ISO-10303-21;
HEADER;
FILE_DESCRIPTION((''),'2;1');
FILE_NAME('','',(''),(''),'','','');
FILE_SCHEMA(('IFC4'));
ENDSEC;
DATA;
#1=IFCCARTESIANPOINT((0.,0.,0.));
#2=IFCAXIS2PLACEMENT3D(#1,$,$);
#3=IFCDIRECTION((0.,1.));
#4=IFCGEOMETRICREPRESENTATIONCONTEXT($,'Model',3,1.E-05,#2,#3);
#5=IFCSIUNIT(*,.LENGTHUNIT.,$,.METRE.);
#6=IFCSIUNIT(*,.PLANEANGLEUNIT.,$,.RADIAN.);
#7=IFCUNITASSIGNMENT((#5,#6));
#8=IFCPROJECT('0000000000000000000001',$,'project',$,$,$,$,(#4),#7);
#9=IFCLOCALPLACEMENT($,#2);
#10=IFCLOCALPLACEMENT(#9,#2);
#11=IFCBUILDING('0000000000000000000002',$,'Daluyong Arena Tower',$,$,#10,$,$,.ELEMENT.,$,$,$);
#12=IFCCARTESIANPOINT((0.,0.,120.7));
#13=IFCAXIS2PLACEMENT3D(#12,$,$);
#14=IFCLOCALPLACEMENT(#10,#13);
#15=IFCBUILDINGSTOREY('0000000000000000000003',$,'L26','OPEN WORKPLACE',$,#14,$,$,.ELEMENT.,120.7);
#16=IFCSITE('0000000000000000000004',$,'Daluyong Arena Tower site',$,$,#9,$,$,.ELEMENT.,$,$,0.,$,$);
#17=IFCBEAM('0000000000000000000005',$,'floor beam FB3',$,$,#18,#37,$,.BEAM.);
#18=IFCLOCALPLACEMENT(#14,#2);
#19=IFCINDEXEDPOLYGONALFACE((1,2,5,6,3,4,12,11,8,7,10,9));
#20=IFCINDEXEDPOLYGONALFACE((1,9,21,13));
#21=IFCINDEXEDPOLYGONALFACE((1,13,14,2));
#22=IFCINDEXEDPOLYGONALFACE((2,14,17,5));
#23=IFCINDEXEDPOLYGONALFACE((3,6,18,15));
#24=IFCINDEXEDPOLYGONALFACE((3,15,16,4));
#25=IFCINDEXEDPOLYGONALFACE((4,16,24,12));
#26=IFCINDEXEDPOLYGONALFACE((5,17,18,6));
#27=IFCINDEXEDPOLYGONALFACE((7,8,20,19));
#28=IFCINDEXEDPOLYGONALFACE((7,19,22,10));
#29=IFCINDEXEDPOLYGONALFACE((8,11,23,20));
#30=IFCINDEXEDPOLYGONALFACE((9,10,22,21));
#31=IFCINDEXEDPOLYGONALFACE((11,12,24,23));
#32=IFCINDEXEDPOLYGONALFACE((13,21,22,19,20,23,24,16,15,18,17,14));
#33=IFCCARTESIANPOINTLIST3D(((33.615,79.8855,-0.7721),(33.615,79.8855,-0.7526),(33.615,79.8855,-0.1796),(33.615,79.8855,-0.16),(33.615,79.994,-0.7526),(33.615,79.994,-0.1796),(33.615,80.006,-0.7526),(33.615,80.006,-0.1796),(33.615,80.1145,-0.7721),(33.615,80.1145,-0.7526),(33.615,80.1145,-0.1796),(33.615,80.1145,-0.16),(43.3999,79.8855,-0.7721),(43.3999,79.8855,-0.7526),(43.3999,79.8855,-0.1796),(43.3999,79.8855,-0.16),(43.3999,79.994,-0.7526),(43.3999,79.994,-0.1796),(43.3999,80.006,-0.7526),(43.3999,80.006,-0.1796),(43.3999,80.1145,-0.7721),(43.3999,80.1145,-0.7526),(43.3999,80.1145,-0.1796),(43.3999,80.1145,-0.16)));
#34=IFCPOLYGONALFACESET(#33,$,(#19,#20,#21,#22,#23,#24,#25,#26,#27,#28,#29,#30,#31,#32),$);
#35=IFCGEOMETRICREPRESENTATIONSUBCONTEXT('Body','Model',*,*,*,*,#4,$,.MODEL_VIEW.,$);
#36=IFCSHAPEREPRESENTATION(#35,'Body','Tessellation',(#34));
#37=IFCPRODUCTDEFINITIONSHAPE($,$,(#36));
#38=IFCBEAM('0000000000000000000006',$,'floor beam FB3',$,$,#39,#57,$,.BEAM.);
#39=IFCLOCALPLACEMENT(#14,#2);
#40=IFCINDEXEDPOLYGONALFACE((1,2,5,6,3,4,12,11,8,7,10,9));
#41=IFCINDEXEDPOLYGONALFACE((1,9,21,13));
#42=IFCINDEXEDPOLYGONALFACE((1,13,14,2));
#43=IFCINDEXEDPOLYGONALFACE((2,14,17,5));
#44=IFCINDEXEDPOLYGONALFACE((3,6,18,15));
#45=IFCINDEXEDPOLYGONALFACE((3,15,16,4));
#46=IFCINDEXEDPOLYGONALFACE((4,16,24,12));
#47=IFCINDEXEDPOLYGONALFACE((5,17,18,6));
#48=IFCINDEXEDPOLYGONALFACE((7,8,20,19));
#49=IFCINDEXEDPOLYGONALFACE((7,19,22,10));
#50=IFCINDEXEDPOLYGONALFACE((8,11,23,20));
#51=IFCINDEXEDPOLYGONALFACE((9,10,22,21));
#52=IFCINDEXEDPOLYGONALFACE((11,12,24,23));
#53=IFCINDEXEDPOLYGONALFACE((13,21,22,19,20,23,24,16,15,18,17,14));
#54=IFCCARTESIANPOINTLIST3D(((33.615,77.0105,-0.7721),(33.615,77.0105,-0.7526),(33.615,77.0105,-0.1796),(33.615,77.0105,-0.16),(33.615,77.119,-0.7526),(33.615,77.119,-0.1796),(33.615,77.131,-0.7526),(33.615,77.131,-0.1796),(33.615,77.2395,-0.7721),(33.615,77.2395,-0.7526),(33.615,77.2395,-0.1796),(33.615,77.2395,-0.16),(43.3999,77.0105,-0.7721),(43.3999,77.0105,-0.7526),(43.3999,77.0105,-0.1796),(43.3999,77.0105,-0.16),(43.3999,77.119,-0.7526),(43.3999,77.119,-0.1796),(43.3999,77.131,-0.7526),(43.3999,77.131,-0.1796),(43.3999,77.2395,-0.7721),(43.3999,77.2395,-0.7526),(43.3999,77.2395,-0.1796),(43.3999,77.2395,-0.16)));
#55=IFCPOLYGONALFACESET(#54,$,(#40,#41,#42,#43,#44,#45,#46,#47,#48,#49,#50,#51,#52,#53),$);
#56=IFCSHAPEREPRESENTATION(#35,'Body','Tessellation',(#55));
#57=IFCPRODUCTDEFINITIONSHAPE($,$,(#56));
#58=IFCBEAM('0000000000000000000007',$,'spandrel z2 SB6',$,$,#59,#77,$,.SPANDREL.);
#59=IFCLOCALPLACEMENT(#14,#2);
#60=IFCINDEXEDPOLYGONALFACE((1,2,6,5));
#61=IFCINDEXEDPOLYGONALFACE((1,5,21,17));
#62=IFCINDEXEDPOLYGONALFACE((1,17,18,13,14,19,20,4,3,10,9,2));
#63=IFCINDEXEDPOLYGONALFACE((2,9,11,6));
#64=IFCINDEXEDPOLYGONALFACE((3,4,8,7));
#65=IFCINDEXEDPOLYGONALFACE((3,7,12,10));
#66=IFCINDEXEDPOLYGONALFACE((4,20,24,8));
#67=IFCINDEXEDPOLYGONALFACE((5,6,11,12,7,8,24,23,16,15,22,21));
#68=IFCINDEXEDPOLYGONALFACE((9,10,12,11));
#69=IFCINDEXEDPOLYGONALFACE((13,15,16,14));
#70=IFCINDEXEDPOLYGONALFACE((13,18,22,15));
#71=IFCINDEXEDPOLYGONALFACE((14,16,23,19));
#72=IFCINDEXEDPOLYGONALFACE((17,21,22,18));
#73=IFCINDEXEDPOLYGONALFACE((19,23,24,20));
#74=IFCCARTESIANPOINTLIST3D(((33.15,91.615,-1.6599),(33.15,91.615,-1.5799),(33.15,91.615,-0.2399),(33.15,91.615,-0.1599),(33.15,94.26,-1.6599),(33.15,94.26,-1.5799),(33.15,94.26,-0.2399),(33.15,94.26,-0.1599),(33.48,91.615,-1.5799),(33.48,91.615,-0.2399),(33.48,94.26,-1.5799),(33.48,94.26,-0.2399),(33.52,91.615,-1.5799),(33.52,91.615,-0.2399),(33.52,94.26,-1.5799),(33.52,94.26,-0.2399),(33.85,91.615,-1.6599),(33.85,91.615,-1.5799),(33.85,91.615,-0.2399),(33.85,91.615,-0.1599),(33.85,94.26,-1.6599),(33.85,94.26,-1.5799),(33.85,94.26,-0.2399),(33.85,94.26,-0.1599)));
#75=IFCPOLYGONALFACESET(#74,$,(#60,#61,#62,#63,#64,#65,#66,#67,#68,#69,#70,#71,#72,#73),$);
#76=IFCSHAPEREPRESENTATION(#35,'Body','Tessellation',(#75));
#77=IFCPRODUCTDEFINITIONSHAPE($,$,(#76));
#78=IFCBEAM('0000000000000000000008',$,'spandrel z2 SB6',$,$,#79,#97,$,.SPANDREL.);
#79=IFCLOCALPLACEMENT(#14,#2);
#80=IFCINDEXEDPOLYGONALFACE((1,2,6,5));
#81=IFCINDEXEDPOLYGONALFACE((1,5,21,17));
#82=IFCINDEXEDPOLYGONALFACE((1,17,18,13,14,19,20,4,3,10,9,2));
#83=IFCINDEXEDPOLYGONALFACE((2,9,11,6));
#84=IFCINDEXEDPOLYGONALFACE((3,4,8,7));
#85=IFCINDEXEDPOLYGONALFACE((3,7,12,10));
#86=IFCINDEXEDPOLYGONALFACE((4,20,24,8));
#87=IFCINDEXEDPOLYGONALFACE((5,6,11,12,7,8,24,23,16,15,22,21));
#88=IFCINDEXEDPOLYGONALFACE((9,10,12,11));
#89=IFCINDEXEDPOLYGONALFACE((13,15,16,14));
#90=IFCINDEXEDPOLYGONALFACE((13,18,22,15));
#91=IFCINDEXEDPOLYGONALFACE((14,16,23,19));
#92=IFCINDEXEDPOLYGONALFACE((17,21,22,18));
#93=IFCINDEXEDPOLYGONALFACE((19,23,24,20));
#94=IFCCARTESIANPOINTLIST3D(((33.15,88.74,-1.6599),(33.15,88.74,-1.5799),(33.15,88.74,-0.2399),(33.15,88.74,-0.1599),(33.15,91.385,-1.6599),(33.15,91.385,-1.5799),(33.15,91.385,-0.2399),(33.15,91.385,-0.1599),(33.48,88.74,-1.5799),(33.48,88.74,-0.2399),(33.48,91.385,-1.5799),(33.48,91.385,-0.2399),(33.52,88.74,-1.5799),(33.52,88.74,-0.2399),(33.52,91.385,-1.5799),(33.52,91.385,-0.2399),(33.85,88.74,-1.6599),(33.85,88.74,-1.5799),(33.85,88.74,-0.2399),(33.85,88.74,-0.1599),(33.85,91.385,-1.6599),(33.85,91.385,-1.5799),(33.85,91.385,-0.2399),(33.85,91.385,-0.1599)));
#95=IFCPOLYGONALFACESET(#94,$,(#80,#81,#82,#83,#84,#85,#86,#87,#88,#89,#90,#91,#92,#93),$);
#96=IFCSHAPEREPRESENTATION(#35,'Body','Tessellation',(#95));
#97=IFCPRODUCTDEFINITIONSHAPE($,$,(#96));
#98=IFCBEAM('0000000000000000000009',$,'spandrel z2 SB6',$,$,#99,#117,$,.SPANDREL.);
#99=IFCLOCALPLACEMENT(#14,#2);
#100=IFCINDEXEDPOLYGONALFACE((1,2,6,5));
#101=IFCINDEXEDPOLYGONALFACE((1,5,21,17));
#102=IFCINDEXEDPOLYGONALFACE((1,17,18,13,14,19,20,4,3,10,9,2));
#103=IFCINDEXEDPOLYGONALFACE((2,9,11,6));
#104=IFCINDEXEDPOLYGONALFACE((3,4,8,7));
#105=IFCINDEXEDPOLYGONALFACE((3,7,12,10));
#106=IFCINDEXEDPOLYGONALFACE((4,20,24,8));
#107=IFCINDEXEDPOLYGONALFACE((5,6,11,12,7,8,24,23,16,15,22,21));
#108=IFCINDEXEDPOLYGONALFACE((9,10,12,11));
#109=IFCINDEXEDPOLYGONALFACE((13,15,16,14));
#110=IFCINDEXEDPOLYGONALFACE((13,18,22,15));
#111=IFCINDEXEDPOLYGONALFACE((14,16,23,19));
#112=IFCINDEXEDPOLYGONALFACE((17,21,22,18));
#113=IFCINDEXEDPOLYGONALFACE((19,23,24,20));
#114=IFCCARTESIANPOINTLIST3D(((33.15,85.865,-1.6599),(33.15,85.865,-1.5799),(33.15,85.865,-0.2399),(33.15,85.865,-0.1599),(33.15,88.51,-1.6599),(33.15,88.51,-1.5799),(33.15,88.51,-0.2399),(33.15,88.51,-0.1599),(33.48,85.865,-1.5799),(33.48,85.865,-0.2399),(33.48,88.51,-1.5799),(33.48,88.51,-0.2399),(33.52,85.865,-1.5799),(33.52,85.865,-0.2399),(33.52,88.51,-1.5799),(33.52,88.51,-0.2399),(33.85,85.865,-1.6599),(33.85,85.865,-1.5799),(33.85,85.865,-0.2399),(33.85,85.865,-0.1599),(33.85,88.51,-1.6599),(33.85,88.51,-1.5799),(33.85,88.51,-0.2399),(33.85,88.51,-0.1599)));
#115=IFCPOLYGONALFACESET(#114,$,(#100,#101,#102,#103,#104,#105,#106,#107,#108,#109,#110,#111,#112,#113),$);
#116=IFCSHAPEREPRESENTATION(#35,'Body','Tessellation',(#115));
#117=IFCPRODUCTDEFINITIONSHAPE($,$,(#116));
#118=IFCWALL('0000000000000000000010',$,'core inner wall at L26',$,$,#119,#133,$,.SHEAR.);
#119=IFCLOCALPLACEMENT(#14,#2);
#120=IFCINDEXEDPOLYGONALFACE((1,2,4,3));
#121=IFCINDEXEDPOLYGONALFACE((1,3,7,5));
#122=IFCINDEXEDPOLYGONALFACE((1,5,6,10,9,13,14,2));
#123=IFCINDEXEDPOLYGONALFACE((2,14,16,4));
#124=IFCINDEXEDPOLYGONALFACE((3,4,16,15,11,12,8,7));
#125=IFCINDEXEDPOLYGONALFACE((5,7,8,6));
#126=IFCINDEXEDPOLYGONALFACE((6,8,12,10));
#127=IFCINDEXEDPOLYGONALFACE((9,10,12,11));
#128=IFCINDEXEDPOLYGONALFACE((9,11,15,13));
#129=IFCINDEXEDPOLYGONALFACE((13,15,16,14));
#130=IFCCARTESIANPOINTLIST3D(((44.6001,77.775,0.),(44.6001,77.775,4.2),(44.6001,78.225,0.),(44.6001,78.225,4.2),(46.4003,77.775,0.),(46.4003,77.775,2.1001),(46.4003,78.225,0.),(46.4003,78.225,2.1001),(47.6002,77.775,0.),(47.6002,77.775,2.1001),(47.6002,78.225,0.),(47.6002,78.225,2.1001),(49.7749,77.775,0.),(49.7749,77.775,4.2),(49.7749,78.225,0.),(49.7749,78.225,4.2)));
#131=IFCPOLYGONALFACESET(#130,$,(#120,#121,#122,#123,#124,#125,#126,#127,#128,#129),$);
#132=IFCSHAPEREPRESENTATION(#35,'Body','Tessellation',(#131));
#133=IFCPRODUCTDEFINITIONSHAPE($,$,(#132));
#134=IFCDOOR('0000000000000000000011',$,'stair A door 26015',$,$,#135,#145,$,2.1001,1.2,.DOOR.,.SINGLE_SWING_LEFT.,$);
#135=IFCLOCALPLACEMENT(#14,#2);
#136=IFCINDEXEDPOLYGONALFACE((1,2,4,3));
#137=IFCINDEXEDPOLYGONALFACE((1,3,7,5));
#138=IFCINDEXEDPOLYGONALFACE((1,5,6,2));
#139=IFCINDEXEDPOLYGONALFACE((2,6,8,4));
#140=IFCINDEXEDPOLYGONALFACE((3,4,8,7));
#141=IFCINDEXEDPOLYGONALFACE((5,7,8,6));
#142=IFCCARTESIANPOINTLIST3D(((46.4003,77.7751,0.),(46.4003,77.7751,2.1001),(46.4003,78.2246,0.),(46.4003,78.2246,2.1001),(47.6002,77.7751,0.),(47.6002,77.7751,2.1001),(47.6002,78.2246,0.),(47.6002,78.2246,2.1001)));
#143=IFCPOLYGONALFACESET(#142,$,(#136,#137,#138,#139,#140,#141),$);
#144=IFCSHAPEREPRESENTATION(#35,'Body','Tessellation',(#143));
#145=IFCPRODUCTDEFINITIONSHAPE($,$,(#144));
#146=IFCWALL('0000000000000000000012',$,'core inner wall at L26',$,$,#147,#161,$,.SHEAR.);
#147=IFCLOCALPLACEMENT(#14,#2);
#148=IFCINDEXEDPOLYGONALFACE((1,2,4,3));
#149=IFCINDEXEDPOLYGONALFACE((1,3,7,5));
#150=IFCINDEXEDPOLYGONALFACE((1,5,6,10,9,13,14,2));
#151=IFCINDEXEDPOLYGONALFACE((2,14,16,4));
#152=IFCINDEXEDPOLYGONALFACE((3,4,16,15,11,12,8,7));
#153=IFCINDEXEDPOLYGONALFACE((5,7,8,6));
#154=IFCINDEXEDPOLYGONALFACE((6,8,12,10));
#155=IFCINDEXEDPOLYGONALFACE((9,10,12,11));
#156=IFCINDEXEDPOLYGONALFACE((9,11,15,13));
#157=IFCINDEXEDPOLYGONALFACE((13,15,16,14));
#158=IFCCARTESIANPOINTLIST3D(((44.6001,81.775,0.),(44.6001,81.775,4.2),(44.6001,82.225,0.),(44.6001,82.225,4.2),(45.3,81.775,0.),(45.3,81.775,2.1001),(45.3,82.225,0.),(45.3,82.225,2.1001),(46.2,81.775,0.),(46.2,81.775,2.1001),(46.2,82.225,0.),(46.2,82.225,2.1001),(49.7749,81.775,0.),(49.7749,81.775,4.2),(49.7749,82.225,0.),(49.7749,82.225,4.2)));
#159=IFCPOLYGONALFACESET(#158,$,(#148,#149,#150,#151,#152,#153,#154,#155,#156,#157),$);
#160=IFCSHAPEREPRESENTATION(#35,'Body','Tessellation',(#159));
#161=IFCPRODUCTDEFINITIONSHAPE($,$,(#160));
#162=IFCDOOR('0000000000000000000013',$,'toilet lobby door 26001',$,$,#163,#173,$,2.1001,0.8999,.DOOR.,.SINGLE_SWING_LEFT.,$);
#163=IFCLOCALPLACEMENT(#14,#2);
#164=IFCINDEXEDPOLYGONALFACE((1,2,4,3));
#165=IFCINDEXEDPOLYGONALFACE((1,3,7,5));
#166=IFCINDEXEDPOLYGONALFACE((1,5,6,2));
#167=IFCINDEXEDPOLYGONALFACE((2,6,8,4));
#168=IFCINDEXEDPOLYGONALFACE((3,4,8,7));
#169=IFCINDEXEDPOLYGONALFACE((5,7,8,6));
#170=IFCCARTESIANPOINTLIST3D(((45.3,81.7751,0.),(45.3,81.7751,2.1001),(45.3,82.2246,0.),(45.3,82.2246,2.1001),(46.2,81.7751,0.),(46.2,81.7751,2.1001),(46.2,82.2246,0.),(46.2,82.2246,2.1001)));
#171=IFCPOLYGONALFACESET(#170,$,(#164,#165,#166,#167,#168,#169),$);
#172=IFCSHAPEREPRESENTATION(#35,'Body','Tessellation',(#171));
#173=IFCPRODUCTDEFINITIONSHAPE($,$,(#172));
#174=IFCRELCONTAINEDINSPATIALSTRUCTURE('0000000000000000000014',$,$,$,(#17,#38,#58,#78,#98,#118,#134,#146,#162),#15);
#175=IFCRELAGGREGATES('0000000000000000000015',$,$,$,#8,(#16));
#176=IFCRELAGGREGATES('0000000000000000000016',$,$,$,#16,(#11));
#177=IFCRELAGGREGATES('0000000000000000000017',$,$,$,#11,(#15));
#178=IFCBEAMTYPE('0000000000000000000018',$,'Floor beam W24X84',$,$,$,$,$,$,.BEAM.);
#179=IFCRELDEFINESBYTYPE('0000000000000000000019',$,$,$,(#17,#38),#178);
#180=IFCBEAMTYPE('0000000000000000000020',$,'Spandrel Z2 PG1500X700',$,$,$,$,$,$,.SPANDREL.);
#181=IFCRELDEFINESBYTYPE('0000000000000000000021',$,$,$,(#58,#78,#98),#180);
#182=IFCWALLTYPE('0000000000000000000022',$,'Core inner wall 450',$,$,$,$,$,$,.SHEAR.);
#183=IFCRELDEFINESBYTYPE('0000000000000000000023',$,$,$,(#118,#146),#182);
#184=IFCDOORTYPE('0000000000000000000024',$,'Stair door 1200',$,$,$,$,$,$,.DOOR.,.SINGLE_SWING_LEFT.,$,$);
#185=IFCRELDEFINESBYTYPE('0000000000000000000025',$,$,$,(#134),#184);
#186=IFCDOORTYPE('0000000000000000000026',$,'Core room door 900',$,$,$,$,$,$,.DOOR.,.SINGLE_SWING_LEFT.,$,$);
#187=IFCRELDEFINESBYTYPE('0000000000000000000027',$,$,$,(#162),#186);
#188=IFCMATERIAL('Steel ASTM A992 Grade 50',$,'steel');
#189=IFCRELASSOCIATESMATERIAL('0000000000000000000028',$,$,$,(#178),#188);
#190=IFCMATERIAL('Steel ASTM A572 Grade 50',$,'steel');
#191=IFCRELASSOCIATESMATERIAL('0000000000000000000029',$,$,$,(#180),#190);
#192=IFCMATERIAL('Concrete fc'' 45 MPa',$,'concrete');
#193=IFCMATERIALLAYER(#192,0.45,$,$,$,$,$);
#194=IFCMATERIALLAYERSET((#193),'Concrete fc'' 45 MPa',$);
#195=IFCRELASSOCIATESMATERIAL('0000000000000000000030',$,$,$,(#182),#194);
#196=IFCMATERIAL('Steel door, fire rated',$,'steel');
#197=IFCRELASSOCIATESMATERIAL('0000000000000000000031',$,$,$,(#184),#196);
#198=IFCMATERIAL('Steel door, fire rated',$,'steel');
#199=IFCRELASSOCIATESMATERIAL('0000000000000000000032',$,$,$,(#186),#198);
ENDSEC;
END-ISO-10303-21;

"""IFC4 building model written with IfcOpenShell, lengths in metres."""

from ifc_helpers import new_model, si_unit, direction, frame, frame_2d, origin, origin_2d, place, context, subcontext, project, spatial, rectangle, i_section, extrude, material, layer, layer_set, material_profile, profile_set, type_object, element, fill, save


model = new_model("IFC4")

# Units and contexts
model_context = context("Model", 3, precision=1e-05, world=origin(), true_north=direction((0.0, 1.0)))
body_context = subcontext(model_context, "Body", "Model", "MODEL_VIEW")
ifc_project = project(units=[si_unit("LENGTHUNIT", "METRE"), si_unit("PLANEANGLEUNIT", "RADIAN")], contexts=[model_context])

# Site, building, storey
site_placement = place(None, origin())
site = spatial("IfcSite", under=ifc_project, at=site_placement, Name="Daluyong Arena Tower site", CompositionType="ELEMENT", RefElevation=0.0)
building_placement = place(site_placement, origin())
building = spatial("IfcBuilding", under=site, at=building_placement, Name="Daluyong Arena Tower", CompositionType="ELEMENT")
storey_placement = place(building_placement, frame((0.0, 0.0, 120.7)))
storey = spatial("IfcBuildingStorey", under=building, at=storey_placement, Name="L26", Description="OPEN WORKPLACE", CompositionType="ELEMENT", Elevation=120.7)

# Beams
ifc_material_1 = material(Name="Steel ASTM A992 Grade 50", Category="steel")
ifc_material_profile_1 = material_profile(ifc_material_1, i_section(OverallWidth=0.229, OverallDepth=0.6121, WebThickness=0.012, FlangeThickness=0.0195, at=origin_2d()))
ifc_profile_set_1 = profile_set([ifc_material_profile_1], Name="Steel ASTM A992 Grade 50")
beam_type_1 = type_object("IfcBeamType", Name="Floor beam W24X84", PredefinedType="BEAM", material=ifc_profile_set_1)
for number, where, z_axis, x_axis, name in (
    (1, (33.615, 80.0, -0.4661), (1.0, 0.0, 0.0), (0.0, 1.0, 0.0), "floor beam FB3"),
    (2, (33.615, 77.125, -0.4661), (1.0, 0.0, 0.0), (0.0, 1.0, 0.0), "floor beam FB3"),
):
    element("IfcBeam", number, at=place(storey_placement, frame(where, z_axis=z_axis, x_axis=x_axis)), inside=storey, type_object=beam_type_1, Name=name, PredefinedType="BEAM", context=body_context, shape_type="SweptSolid", body=[
        extrude(i_section(OverallWidth=0.229, OverallDepth=0.6121, WebThickness=0.012, FlangeThickness=0.0195, at=origin_2d()), origin(), (0.0, 0.0, 1.0), 9.7849),
    ])
ifc_material_2 = material(Name="Steel ASTM A572 Grade 50", Category="steel")
ifc_material_profile_2 = material_profile(ifc_material_2, i_section(OverallWidth=0.7, OverallDepth=1.5, WebThickness=0.04, FlangeThickness=0.08, at=origin_2d()))
ifc_profile_set_2 = profile_set([ifc_material_profile_2], Name="Steel ASTM A572 Grade 50")
beam_type_2 = type_object("IfcBeamType", Name="Spandrel Z2 PG1500X700", PredefinedType="SPANDREL", material=ifc_profile_set_2)
for number, where, z_axis, x_axis, name in (
    (3, (33.5, 94.26, -0.9099), (0.0, -1.0, 0.0), (1.0, 0.0, 0.0), "spandrel z2 SB6"),
    (4, (33.5, 91.385, -0.9099), (0.0, -1.0, 0.0), (1.0, 0.0, 0.0), "spandrel z2 SB6"),
    (5, (33.5, 88.51, -0.9099), (0.0, -1.0, 0.0), (1.0, 0.0, 0.0), "spandrel z2 SB6"),
):
    element("IfcBeam", number, at=place(storey_placement, frame(where, z_axis=z_axis, x_axis=x_axis)), inside=storey, type_object=beam_type_2, Name=name, PredefinedType="SPANDREL", context=body_context, shape_type="SweptSolid", body=[
        extrude(i_section(OverallWidth=0.7, OverallDepth=1.5, WebThickness=0.04, FlangeThickness=0.08, at=origin_2d()), origin(), (0.0, 0.0, 1.0), 2.645),
    ])

# Walls, openings, doors
ifc_material_3 = material(Name="Concrete fc' 45 MPa", Category="concrete")
ifc_layer = layer(ifc_material_3, 0.45)
ifc_layer_set = layer_set([ifc_layer], Name="Concrete fc' 45 MPa")
wall_type = type_object("IfcWallType", Name="Core inner wall 450", PredefinedType="SHEAR", material=ifc_layer_set)
wall_1_placement = place(storey_placement, frame((44.6001, 78.0, 0.0), z_axis=(0.0, 0.0, 1.0), x_axis=(1.0, 0.0, 0.0)))
wall_1 = element("IfcWall", 6, at=wall_1_placement, inside=storey, type_object=wall_type, Name="core inner wall at L26", PredefinedType="SHEAR", context=body_context, shape_type="SweptSolid", body=[
    extrude(rectangle(XDim=5.1748, YDim=0.45, at=frame_2d((2.5874, 0.0))), origin(), (0.0, 0.0, 1.0), 4.2),
])
opening_1_placement = place(wall_1_placement, frame((1.8, 0.0, 0.0)))
opening_1 = element("IfcOpeningElement", 7, at=opening_1_placement, cuts=wall_1, PredefinedType="OPENING", context=body_context, shape_type="SweptSolid", body=[
    extrude(rectangle(XDim=1.2, YDim=2.1001, at=frame_2d((0.6001, 1.05))), frame((0.0, 0.2349, 0.0), z_axis=(0.0, -1.0, 0.0), x_axis=(1.0, 0.0, 0.0)), (0.0, 0.0, 1.0), 0.47),
])
ifc_material_4 = material(Name="Steel door, fire rated", Category="steel")
door_type_1 = type_object("IfcDoorType", Name="Stair door 1200", OperationType="SINGLE_SWING_LEFT", PredefinedType="DOOR", material=ifc_material_4)
door_1_placement = place(opening_1_placement, origin())
door_1 = element("IfcDoor", 8, at=door_1_placement, inside=storey, type_object=door_type_1, Name="stair A door 26015", OperationType="SINGLE_SWING_LEFT", OverallHeight=2.1001, OverallWidth=1.2, PredefinedType="DOOR", context=body_context, shape_type="SweptSolid", body=[
    extrude(rectangle(XDim=1.2, YDim=2.1001, at=frame_2d((0.6001, 1.05))), frame((0.0, 0.2246, 0.0), z_axis=(0.0, -1.0, 0.0), x_axis=(1.0, 0.0, 0.0)), (0.0, 0.0, 1.0), 0.4495),
])
fill(opening_1, door_1)
wall_2_placement = place(storey_placement, frame((44.6001, 82.0, 0.0), z_axis=(0.0, 0.0, 1.0), x_axis=(1.0, 0.0, 0.0)))
wall_2 = element("IfcWall", 9, at=wall_2_placement, inside=storey, type_object=wall_type, Name="core inner wall at L26", PredefinedType="SHEAR", context=body_context, shape_type="SweptSolid", body=[
    extrude(rectangle(XDim=5.1748, YDim=0.45, at=frame_2d((2.5874, 0.0))), origin(), (0.0, 0.0, 1.0), 4.2),
])
opening_2_placement = place(wall_2_placement, frame((0.7, 0.0, 0.0)))
opening_2 = element("IfcOpeningElement", 10, at=opening_2_placement, cuts=wall_2, PredefinedType="OPENING", context=body_context, shape_type="SweptSolid", body=[
    extrude(rectangle(XDim=0.8999, YDim=2.1001, at=frame_2d((0.45, 1.05))), frame((0.0, 0.2349, 0.0), z_axis=(0.0, -1.0, 0.0), x_axis=(1.0, 0.0, 0.0)), (0.0, 0.0, 1.0), 0.47),
])
ifc_material_5 = material(Name="Steel door, fire rated", Category="steel")
door_type_2 = type_object("IfcDoorType", Name="Core room door 900", OperationType="SINGLE_SWING_LEFT", PredefinedType="DOOR", material=ifc_material_5)
door_2_placement = place(opening_2_placement, origin())
door_2 = element("IfcDoor", 11, at=door_2_placement, inside=storey, type_object=door_type_2, Name="toilet lobby door 26001", OperationType="SINGLE_SWING_LEFT", OverallHeight=2.1001, OverallWidth=0.8999, PredefinedType="DOOR", context=body_context, shape_type="SweptSolid", body=[
    extrude(rectangle(XDim=0.8999, YDim=2.1001, at=frame_2d((0.45, 1.05))), frame((0.0, 0.2246, 0.0), z_axis=(0.0, -1.0, 0.0), x_axis=(1.0, 0.0, 0.0)), (0.0, 0.0, 1.0), 0.4495),
])
fill(opening_2, door_2)

save(model, "model.ifc")
